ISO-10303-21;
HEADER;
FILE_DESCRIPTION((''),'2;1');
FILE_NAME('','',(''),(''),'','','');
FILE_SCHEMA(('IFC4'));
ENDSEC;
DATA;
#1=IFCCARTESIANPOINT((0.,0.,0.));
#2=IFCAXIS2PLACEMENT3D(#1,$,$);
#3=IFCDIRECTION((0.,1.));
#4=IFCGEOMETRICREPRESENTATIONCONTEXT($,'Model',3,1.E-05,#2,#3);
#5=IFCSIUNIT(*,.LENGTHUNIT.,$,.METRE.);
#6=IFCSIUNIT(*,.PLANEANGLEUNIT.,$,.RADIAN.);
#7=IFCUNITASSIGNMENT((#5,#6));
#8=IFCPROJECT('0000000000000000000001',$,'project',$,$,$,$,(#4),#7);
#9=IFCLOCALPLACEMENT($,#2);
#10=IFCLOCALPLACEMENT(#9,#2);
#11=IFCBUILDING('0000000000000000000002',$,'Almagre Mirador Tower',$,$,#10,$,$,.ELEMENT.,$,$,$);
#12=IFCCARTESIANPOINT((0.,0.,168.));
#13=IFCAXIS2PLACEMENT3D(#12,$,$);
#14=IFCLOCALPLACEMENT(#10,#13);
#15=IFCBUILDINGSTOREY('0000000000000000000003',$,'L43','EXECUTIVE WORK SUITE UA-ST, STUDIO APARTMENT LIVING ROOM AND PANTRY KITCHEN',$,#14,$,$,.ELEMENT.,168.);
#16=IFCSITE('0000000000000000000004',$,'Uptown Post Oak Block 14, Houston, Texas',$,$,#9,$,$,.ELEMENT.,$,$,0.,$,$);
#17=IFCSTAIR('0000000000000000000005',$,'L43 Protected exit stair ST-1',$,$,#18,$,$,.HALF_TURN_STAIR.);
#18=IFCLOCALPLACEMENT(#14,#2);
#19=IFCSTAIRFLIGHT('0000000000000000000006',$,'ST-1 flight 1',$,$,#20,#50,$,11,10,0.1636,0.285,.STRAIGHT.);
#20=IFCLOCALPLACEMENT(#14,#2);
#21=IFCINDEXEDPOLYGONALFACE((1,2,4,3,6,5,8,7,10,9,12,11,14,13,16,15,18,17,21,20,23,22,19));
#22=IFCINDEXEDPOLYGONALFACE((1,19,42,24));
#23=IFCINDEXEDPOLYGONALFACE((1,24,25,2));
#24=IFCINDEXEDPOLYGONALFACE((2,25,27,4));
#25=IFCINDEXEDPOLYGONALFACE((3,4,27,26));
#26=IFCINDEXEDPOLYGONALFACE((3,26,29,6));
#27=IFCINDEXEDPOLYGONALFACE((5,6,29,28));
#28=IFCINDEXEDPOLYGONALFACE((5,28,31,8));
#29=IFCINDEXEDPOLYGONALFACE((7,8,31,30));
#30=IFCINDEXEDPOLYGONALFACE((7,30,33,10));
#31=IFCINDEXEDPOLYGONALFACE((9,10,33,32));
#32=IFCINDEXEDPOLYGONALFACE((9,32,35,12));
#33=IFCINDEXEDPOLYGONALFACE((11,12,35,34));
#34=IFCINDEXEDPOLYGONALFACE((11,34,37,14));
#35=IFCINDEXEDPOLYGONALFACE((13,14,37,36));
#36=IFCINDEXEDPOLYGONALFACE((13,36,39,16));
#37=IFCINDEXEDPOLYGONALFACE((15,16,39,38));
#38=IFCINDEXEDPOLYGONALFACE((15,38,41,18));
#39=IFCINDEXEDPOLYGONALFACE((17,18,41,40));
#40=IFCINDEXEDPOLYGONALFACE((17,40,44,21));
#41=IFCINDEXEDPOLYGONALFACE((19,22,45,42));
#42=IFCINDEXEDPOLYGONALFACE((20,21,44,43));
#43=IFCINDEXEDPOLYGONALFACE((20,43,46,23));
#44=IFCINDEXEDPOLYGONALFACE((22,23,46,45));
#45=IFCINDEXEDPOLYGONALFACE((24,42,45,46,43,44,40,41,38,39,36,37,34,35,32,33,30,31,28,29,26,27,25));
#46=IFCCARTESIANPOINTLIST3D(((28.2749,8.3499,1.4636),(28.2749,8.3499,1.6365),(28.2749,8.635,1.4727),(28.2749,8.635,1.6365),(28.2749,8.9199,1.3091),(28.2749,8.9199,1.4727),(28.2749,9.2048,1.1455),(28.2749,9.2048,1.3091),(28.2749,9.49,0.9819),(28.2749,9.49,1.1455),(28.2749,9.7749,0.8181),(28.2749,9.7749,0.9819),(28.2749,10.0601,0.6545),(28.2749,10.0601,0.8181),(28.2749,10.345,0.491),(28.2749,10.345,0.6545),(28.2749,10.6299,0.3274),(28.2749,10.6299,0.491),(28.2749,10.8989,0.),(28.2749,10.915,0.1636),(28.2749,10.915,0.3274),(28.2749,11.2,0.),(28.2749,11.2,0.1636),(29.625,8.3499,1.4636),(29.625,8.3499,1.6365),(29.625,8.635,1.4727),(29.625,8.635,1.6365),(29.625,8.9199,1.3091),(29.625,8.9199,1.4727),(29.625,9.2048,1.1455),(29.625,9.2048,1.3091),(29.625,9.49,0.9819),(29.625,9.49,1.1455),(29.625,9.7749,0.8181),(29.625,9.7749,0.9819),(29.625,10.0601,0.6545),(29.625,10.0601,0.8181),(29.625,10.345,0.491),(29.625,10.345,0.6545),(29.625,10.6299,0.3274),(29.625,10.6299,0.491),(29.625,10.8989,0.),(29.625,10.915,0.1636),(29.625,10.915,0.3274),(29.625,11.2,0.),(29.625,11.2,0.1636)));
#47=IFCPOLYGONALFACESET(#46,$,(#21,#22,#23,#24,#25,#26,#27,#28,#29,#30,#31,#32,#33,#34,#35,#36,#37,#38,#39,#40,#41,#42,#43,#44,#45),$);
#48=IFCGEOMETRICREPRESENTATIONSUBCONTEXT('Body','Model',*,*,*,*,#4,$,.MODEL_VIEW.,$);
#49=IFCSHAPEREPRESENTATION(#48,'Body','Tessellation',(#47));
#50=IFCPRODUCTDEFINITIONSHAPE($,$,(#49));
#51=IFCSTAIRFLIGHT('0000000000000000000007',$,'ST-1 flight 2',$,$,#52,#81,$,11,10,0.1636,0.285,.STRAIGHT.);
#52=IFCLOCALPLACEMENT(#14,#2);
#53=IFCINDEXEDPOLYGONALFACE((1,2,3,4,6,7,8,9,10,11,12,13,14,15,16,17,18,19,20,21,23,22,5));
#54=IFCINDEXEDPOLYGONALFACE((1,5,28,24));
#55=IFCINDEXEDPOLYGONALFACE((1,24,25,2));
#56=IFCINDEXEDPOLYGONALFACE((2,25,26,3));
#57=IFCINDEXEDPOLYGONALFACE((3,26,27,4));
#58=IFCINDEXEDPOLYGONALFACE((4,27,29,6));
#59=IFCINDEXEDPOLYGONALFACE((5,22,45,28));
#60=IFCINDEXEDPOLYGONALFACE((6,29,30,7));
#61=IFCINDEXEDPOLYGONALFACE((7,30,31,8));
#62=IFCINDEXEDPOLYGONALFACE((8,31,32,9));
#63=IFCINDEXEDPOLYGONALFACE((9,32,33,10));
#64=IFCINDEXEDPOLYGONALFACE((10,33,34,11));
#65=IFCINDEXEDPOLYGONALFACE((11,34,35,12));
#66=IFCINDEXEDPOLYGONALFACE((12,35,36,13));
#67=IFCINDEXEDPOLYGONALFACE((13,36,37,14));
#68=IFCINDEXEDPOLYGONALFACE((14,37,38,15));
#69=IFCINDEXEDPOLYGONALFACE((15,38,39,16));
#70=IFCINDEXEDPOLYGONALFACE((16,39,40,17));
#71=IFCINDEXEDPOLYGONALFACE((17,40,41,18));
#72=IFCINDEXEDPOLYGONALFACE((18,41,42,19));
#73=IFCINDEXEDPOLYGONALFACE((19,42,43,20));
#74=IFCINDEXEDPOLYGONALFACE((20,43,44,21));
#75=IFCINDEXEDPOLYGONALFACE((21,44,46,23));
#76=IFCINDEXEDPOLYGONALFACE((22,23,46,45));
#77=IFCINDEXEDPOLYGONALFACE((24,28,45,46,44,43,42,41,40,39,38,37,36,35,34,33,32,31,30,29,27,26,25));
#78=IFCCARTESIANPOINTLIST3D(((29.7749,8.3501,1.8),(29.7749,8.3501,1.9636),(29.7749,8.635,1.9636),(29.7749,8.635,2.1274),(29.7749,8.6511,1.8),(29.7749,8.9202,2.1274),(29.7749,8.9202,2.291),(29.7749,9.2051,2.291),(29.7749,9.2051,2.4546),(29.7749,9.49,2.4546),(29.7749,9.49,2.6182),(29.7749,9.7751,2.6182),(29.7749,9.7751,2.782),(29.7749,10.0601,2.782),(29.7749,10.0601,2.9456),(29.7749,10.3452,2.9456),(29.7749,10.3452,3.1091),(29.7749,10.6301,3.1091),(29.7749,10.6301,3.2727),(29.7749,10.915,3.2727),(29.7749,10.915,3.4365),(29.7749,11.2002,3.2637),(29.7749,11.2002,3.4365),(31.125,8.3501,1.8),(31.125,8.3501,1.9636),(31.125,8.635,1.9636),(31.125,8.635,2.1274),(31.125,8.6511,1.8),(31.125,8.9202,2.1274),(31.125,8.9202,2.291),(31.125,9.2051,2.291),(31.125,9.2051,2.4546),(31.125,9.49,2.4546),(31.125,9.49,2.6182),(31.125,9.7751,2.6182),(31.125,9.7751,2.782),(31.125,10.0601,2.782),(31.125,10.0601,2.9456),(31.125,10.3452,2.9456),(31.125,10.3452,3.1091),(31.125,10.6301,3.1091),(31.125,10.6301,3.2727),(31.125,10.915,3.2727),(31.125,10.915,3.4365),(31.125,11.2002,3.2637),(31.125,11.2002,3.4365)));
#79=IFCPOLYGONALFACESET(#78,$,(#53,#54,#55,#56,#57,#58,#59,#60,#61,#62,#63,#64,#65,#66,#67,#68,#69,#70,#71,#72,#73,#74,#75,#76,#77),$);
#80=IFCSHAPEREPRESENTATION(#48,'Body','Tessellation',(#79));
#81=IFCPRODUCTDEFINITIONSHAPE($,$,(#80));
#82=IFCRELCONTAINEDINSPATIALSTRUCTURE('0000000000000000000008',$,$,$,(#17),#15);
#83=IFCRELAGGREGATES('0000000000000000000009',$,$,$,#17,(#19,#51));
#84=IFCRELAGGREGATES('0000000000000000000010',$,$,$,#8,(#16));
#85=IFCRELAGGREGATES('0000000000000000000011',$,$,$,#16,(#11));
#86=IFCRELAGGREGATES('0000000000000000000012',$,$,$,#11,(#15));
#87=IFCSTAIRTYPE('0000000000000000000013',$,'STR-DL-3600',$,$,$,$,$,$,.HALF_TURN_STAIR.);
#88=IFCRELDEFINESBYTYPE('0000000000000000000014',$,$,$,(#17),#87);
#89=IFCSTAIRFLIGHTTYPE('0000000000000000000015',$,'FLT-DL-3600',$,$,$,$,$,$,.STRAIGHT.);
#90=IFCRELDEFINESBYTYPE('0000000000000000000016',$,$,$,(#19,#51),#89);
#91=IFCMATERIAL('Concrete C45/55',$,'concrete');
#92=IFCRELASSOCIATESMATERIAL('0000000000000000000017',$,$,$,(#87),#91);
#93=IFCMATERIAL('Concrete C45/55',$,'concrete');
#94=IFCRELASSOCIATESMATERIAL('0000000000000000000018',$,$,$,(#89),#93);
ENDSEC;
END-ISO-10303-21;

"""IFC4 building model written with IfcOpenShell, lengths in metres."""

from ifc_helpers import new_model, si_unit, direction, frame, origin, place, context, subcontext, project, spatial, polyline, outline, extrude, material, type_object, element, aggregate, save


model = new_model("IFC4")

# Units and contexts
model_context = context("Model", 3, precision=1e-05, world=origin(), true_north=direction((0.0, 1.0)))
body_context = subcontext(model_context, "Body", "Model", "MODEL_VIEW")
ifc_project = project(units=[si_unit("LENGTHUNIT", "METRE"), si_unit("PLANEANGLEUNIT", "RADIAN")], contexts=[model_context])

# Site, building, storey
site_placement = place(None, origin())
site = spatial("IfcSite", under=ifc_project, at=site_placement, Name="Uptown Post Oak Block 14, Houston, Texas", CompositionType="ELEMENT", RefElevation=0.0)
building_placement = place(site_placement, origin())
building = spatial("IfcBuilding", under=site, at=building_placement, Name="Almagre Mirador Tower", CompositionType="ELEMENT")
storey_placement = place(building_placement, frame((0.0, 0.0, 168.0)))
storey = spatial("IfcBuildingStorey", under=building, at=storey_placement, Name="L43", Description="EXECUTIVE WORK SUITE UA-ST, STUDIO APARTMENT LIVING ROOM AND PANTRY KITCHEN", CompositionType="ELEMENT", Elevation=168.0)

# Stair, stair flights
ifc_material_1 = material(Name="Concrete C45/55", Category="concrete")
stair_type = type_object("IfcStairType", Name="STR-DL-3600", PredefinedType="HALF_TURN_STAIR", material=ifc_material_1)
stair_placement = place(storey_placement, origin())
stair = element("IfcStair", 1, at=stair_placement, inside=storey, type_object=stair_type, Name="L43 Protected exit stair ST-1", PredefinedType="HALF_TURN_STAIR")
ifc_material_2 = material(Name="Concrete C45/55", Category="concrete")
stair_flight_type = type_object("IfcStairFlightType", Name="FLT-DL-3600", PredefinedType="STRAIGHT", material=ifc_material_2)
stair_flight_1_placement = place(storey_placement, frame((28.95, 11.2, 0.0), z_axis=(0.0, 0.0, 1.0), x_axis=(0.0, -1.0, 0.0)))
stair_flight_1 = element("IfcStairFlight", 2, at=stair_flight_1_placement, type_object=stair_flight_type, Name="ST-1 flight 1", NumberOfRisers=11, NumberOfTreads=10, PredefinedType="STRAIGHT", RiserHeight=0.1636, TreadLength=0.285, context=body_context, shape_type="SweptSolid", body=[
    extrude(outline(polyline([(0.0, 0.0), (0.0, 0.1636), (0.2849, 0.1636), (0.2849, 0.3274), (0.5701, 0.3274), (0.5701, 0.491), (0.855, 0.491), (0.855, 0.6545), (1.1399, 0.6545), (1.1399, 0.8181), (1.425, 0.8181), (1.425, 0.9819), (1.71, 0.9819), (1.71, 1.1455), (1.9951, 1.1455), (1.9951, 1.3091), (2.28, 1.3091), (2.28, 1.4727), (2.5649, 1.4727), (2.5649, 1.6365), (2.8501, 1.6365), (2.8501, 1.8), (2.8501, 1.4636), (0.301, 0.0), (0.0, 0.0)])), frame((0.0, 0.675, 0.0), z_axis=(0.0, -1.0, 0.0), x_axis=(1.0, 0.0, 0.0)), (0.0, 0.0, 1.0), 1.3501),
])
stair_flight_2_placement = place(storey_placement, frame((30.45, 8.3501, 1.8), z_axis=(0.0, 0.0, 1.0), x_axis=(0.0, 1.0, 0.0)))
stair_flight_2 = element("IfcStairFlight", 3, at=stair_flight_2_placement, type_object=stair_flight_type, Name="ST-1 flight 2", NumberOfRisers=11, NumberOfTreads=10, PredefinedType="STRAIGHT", RiserHeight=0.1636, TreadLength=0.285, context=body_context, shape_type="SweptSolid", body=[
    extrude(outline(polyline([(0.0, 0.0), (0.0, 0.1636), (0.2849, 0.1636), (0.2849, 0.3274), (0.5701, 0.3274), (0.5701, 0.491), (0.855, 0.491), (0.855, 0.6545), (1.1399, 0.6545), (1.1399, 0.8181), (1.425, 0.8181), (1.425, 0.9819), (1.71, 0.9819), (1.71, 1.1455), (1.9951, 1.1455), (1.9951, 1.3091), (2.28, 1.3091), (2.28, 1.4727), (2.5649, 1.4727), (2.5649, 1.6365), (2.8501, 1.6365), (2.8501, 1.8), (2.8501, 1.4636), (0.301, 0.0), (0.0, 0.0)])), frame((0.0, 0.675, 0.0), z_axis=(0.0, -1.0, 0.0), x_axis=(1.0, 0.0, 0.0)), (0.0, 0.0, 1.0), 1.3501),
])
aggregate(stair, [stair_flight_1, stair_flight_2])

save(model, "model.ifc")
